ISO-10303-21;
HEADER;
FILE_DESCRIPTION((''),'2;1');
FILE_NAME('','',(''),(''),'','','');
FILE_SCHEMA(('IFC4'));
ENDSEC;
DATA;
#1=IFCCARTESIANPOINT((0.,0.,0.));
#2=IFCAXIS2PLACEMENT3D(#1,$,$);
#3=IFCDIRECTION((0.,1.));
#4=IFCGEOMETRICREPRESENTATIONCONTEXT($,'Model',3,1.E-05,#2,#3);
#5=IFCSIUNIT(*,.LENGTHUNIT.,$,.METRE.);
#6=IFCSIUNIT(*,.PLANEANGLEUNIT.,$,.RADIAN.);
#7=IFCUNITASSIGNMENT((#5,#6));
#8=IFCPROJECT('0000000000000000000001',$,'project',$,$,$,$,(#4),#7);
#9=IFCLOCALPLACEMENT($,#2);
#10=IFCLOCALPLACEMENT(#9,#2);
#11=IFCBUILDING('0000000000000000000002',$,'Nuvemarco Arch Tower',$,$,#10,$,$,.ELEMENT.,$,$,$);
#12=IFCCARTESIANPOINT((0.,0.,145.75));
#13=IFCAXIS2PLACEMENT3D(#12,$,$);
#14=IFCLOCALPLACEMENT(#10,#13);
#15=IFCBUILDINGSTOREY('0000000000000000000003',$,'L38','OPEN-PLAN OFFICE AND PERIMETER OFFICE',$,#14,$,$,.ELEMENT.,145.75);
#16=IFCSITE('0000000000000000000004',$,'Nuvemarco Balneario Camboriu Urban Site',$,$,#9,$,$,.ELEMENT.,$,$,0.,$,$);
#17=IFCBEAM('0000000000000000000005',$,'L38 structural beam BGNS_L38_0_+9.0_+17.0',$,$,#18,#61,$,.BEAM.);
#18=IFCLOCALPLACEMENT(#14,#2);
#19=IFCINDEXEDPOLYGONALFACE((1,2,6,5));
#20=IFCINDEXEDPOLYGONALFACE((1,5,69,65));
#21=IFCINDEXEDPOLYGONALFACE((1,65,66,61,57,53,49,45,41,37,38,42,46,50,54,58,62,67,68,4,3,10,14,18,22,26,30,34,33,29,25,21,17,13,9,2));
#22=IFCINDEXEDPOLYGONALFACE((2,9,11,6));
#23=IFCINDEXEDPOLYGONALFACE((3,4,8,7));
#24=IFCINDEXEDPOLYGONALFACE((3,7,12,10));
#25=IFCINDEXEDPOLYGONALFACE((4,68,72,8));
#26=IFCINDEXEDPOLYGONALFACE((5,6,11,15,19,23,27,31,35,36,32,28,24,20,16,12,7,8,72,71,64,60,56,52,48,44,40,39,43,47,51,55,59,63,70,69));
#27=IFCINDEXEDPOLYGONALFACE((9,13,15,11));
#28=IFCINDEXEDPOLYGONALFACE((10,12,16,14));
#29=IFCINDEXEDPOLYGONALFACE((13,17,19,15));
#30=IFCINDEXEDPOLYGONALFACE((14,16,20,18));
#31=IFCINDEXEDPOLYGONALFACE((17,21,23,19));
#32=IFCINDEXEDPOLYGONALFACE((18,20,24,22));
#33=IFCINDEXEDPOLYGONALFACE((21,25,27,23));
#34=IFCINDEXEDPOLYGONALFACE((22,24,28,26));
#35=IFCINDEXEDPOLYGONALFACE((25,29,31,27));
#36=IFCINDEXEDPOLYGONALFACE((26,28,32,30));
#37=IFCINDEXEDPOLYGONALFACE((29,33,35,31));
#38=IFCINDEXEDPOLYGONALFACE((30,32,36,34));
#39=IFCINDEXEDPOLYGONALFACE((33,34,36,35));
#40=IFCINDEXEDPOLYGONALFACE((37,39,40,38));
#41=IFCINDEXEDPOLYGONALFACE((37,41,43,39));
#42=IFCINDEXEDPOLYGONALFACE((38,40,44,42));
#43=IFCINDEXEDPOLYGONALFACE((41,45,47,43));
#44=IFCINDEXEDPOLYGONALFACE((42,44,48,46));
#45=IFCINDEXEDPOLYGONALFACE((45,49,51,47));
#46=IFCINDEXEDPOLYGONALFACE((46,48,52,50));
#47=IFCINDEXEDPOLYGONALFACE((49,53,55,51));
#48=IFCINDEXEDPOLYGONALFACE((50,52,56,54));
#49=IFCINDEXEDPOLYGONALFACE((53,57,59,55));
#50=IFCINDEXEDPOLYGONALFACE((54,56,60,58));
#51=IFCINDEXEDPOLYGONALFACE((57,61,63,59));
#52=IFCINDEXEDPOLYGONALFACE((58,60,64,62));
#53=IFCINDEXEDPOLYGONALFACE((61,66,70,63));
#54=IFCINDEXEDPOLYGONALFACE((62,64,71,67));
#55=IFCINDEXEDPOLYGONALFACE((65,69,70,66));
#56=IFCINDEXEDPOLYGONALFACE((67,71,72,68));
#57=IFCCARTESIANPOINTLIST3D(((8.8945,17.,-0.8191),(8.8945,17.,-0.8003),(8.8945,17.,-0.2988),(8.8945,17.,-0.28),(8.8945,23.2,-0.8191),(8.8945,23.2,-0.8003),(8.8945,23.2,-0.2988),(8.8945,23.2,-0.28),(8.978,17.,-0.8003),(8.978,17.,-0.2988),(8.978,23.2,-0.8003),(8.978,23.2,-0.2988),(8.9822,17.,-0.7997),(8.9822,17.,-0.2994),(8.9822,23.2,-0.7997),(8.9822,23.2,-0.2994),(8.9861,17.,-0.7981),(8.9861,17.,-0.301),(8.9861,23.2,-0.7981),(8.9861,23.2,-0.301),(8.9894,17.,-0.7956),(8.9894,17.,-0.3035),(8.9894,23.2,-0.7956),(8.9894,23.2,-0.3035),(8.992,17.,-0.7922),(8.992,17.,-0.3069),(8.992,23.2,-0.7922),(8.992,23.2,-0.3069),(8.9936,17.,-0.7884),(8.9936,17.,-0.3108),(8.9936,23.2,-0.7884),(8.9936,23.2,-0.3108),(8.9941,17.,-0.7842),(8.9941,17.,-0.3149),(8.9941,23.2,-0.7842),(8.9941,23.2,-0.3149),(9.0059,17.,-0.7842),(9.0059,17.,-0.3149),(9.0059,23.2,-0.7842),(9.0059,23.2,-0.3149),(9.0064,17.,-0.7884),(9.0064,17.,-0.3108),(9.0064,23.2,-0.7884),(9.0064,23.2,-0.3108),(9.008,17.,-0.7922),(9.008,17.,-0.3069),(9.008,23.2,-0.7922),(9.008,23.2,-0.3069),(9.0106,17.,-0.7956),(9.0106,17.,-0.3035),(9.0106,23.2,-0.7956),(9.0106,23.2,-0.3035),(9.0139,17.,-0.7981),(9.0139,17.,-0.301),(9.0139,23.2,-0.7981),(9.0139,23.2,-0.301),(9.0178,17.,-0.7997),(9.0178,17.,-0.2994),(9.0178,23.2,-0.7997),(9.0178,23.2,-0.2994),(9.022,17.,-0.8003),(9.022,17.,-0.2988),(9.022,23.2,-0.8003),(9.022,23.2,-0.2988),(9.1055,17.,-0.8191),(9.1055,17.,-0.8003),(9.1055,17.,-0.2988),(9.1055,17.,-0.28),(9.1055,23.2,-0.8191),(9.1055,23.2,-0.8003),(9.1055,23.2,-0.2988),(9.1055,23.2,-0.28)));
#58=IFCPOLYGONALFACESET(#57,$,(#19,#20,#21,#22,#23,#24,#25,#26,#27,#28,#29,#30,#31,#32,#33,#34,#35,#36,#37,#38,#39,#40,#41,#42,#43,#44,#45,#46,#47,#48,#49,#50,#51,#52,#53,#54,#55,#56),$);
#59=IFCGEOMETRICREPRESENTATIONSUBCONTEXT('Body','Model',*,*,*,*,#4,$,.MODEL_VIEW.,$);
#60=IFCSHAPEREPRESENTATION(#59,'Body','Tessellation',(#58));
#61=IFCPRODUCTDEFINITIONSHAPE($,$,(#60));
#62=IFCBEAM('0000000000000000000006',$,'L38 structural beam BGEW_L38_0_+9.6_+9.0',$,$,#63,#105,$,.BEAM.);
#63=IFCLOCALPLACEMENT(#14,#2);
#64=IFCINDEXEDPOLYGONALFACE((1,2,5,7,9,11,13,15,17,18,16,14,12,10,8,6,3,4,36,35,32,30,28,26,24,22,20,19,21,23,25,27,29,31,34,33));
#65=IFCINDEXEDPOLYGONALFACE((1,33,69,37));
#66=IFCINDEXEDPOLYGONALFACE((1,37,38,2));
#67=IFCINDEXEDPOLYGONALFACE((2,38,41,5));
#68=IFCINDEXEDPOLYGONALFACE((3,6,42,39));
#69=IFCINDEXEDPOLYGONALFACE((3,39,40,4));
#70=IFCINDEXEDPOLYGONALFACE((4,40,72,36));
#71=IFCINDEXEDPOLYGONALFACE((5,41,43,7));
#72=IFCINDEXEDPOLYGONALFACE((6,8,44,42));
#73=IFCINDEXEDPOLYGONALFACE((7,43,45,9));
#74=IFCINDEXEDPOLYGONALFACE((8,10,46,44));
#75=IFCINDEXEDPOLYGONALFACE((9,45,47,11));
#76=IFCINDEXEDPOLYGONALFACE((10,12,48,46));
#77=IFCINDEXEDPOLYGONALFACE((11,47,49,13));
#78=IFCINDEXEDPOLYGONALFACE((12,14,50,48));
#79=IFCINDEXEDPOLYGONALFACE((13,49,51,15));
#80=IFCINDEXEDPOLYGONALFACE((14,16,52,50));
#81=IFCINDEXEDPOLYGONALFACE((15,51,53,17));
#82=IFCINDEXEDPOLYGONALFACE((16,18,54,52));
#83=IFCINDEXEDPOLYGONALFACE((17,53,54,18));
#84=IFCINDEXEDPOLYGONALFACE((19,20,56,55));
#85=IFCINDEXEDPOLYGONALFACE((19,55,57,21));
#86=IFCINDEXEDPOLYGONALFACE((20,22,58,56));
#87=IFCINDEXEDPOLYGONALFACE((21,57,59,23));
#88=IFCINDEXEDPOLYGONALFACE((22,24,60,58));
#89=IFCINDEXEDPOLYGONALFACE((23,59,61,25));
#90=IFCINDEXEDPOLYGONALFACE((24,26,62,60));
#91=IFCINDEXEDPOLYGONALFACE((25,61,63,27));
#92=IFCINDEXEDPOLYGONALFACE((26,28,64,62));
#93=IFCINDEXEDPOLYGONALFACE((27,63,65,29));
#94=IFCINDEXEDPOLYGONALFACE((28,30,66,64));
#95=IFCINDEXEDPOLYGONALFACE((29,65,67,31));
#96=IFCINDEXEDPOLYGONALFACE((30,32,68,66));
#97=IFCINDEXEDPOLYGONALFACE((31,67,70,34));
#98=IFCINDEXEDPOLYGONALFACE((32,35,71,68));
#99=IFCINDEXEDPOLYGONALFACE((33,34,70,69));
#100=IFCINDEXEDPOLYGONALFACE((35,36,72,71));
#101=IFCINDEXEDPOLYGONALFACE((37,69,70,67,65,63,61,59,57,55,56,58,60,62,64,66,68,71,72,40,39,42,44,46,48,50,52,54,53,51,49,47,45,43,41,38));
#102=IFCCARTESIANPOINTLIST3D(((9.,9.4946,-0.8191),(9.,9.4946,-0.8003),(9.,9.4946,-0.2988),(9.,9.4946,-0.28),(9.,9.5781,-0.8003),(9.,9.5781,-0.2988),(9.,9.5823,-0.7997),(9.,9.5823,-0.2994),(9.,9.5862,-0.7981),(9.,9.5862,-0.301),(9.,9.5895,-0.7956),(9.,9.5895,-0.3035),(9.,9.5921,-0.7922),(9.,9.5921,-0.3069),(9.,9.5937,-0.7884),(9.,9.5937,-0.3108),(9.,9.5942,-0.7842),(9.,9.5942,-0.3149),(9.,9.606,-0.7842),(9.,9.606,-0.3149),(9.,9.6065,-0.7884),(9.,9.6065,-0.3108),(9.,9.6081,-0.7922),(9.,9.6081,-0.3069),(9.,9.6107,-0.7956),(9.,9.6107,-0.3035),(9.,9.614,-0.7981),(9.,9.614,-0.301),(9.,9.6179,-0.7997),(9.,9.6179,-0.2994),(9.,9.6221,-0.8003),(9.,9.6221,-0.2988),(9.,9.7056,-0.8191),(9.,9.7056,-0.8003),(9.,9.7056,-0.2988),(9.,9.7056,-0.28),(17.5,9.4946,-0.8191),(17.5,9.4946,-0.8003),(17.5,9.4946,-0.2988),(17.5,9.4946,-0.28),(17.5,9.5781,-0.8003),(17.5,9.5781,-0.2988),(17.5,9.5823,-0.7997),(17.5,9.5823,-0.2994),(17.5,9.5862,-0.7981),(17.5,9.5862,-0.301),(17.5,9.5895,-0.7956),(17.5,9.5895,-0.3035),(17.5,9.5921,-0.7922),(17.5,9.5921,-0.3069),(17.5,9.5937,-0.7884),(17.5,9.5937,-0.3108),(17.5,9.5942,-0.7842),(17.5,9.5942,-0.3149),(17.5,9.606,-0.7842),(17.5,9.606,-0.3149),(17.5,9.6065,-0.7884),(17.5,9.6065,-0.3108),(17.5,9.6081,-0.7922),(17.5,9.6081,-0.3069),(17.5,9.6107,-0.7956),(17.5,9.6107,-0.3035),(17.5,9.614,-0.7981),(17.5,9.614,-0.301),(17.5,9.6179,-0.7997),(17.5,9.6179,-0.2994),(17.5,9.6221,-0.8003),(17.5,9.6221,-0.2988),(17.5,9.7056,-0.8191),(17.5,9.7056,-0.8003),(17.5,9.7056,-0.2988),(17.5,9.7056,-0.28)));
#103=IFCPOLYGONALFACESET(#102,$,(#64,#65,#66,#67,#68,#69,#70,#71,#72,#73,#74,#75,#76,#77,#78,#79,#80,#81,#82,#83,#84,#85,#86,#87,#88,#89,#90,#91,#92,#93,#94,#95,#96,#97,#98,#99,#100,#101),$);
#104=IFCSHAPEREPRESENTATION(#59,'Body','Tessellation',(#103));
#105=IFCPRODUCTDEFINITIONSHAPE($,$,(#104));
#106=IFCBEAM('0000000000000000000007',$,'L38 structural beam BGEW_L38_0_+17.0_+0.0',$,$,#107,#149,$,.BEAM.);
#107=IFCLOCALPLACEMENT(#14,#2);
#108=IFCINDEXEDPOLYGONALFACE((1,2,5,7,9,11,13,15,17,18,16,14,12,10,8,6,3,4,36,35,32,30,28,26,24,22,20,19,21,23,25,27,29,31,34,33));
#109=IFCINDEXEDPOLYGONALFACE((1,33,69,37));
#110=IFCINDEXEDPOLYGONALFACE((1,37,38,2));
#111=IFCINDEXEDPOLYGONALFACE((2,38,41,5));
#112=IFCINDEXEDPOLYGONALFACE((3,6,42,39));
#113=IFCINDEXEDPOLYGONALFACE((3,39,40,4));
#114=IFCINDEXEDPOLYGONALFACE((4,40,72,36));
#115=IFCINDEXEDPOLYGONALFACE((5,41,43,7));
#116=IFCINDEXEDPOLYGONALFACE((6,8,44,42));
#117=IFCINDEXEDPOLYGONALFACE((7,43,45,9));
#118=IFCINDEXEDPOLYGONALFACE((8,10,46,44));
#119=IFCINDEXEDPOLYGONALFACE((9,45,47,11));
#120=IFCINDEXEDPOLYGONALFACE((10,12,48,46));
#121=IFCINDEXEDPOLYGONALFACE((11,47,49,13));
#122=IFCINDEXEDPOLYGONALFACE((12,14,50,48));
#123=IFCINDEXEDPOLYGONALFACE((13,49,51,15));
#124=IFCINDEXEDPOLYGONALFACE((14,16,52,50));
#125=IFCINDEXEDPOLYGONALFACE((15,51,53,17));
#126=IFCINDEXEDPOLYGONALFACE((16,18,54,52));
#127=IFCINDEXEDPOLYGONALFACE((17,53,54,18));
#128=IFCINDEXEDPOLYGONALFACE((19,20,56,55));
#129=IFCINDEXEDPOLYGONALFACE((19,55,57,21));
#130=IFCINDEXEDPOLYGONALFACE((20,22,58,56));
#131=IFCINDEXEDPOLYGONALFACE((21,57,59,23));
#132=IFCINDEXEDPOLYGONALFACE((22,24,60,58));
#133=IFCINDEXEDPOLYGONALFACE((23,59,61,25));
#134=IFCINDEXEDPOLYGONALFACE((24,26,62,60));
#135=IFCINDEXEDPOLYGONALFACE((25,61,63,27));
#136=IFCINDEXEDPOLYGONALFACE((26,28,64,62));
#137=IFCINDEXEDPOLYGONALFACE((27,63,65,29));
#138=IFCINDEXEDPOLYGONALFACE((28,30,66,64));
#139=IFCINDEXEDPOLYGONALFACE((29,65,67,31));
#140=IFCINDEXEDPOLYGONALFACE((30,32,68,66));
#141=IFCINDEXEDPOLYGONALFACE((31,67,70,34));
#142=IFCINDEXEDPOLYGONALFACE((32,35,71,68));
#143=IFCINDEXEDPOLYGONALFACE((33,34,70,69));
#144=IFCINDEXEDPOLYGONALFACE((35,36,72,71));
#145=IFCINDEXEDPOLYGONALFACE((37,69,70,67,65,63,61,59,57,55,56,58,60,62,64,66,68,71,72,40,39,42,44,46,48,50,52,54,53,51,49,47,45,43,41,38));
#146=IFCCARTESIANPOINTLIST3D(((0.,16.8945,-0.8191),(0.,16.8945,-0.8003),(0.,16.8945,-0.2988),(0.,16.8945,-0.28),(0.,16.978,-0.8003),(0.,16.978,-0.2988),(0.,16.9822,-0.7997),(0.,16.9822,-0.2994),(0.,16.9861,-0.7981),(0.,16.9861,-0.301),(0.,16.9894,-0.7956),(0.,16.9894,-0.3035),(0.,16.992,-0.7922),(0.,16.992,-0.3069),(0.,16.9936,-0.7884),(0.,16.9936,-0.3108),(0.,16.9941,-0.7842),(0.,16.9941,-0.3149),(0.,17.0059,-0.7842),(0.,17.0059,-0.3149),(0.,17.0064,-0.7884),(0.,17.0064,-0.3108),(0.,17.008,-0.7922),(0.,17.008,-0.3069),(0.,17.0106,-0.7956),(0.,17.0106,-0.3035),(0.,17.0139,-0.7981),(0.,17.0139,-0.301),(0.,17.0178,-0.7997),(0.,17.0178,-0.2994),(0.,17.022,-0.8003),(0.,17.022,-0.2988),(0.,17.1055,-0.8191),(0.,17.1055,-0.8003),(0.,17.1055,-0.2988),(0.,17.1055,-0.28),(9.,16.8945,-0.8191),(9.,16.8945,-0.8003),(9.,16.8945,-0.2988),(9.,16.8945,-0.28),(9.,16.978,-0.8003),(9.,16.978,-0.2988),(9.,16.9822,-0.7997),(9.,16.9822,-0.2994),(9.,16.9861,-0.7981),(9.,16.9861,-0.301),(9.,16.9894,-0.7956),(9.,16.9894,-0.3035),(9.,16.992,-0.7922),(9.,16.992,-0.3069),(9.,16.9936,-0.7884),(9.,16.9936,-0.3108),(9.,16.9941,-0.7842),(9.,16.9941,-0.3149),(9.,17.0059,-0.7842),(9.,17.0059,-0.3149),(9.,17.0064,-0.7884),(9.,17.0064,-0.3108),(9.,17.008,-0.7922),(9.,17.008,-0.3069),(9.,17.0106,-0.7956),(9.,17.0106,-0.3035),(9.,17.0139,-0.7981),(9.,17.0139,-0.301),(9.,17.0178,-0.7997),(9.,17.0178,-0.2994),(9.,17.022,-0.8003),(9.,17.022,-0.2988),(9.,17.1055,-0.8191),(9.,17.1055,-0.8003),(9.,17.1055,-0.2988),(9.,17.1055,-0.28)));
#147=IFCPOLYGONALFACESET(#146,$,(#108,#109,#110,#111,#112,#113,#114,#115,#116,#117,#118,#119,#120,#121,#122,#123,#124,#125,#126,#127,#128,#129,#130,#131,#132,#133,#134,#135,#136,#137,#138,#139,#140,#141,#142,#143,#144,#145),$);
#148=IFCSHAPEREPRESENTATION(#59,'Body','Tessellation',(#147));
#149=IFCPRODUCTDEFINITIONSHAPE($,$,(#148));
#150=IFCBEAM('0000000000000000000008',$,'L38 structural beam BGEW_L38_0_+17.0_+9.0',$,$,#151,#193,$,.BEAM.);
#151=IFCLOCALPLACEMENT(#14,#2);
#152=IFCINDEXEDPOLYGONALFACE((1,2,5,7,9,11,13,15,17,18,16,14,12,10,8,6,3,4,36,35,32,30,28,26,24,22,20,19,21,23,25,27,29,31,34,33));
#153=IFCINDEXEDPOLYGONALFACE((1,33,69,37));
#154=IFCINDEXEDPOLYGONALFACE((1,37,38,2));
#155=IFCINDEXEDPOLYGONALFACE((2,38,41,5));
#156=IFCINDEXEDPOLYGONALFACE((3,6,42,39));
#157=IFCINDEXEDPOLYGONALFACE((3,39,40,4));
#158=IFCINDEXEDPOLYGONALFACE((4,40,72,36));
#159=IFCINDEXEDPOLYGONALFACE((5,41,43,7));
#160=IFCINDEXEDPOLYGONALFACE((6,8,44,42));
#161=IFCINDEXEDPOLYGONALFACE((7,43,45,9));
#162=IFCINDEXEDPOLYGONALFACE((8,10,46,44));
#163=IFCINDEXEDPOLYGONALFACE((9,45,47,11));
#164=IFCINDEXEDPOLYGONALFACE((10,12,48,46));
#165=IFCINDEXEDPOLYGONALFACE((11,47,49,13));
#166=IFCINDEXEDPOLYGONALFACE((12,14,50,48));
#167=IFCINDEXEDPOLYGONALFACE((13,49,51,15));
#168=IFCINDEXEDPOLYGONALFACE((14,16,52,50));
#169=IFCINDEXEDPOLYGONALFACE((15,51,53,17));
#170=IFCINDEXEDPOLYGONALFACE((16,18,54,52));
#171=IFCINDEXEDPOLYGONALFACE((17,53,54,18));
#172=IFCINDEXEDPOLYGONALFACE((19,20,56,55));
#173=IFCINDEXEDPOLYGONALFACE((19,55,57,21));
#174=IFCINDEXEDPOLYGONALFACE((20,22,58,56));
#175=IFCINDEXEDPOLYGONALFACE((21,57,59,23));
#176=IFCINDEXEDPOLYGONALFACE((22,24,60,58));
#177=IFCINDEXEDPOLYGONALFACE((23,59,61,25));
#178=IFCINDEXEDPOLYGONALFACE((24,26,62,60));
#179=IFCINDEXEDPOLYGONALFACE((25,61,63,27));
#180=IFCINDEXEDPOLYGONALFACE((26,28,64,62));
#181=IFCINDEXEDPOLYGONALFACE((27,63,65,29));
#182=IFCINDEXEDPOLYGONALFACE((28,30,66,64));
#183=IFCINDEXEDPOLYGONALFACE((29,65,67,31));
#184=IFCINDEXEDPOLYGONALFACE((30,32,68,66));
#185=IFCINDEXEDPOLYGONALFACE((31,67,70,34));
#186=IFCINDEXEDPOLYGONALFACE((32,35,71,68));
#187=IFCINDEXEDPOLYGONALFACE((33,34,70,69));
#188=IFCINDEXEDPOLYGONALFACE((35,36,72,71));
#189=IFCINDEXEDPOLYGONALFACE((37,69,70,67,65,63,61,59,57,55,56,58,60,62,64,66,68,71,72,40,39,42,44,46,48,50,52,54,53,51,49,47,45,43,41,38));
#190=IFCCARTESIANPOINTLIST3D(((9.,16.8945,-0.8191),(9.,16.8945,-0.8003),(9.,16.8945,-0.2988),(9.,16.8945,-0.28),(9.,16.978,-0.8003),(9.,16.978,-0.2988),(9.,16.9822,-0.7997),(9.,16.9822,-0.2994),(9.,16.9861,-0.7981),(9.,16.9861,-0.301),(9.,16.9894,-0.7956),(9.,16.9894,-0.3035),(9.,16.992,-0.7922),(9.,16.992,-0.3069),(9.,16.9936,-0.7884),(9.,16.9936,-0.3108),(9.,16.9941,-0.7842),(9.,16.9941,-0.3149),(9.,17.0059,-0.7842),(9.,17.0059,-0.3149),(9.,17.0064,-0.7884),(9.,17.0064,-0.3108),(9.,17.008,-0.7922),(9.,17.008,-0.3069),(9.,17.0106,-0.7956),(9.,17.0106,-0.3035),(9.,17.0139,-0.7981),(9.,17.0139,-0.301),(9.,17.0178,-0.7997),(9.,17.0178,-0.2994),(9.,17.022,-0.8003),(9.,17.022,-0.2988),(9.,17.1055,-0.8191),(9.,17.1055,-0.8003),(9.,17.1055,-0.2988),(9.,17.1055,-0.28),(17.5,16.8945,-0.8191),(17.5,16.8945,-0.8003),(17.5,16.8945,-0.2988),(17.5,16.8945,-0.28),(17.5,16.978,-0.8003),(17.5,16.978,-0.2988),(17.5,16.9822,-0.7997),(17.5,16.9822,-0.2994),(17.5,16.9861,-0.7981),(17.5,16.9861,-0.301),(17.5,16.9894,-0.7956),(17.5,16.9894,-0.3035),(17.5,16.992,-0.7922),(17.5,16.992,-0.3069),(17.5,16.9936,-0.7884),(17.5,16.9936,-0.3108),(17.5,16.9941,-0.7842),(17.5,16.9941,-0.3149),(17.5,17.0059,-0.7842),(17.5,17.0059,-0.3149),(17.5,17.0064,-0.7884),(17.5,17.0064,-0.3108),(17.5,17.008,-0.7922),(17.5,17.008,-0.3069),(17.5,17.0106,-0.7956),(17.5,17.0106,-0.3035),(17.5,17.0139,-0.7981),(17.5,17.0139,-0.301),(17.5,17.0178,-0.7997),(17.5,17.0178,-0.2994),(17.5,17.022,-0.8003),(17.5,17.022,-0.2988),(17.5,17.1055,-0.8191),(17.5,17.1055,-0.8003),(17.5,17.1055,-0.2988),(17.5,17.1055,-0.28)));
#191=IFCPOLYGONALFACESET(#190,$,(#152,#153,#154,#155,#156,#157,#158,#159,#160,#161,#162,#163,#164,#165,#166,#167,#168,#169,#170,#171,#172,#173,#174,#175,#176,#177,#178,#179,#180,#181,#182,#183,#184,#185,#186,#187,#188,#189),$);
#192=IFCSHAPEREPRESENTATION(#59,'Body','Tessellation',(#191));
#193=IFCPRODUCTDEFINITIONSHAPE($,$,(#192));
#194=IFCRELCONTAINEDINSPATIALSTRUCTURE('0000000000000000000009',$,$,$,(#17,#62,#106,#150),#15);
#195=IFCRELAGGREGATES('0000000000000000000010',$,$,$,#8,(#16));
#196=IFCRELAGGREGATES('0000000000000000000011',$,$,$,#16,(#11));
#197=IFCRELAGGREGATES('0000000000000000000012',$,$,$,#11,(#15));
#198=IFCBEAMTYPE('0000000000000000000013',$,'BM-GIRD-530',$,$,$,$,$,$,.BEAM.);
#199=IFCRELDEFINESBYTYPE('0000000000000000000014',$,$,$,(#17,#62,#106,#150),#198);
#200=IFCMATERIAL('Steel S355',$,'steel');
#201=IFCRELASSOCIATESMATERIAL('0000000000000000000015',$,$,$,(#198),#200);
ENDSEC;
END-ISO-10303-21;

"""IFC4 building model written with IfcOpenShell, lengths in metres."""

from ifc_helpers import new_model, si_unit, direction, frame, origin, origin_2d, place, context, subcontext, project, spatial, i_section, extrude, material, material_profile, profile_set, type_object, element, save


model = new_model("IFC4")

# Units and contexts
model_context = context("Model", 3, precision=1e-05, world=origin(), true_north=direction((0.0, 1.0)))
body_context = subcontext(model_context, "Body", "Model", "MODEL_VIEW")
ifc_project = project(units=[si_unit("LENGTHUNIT", "METRE"), si_unit("PLANEANGLEUNIT", "RADIAN")], contexts=[model_context])

# Site, building, storey
site_placement = place(None, origin())
site = spatial("IfcSite", under=ifc_project, at=site_placement, Name="Nuvemarco Balneario Camboriu Urban Site", CompositionType="ELEMENT", RefElevation=0.0)
building_placement = place(site_placement, origin())
building = spatial("IfcBuilding", under=site, at=building_placement, Name="Nuvemarco Arch Tower", CompositionType="ELEMENT")
storey_placement = place(building_placement, frame((0.0, 0.0, 145.75)))
storey = spatial("IfcBuildingStorey", under=building, at=storey_placement, Name="L38", Description="OPEN-PLAN OFFICE AND PERIMETER OFFICE", CompositionType="ELEMENT", Elevation=145.75)

# Shared definitions
ifc_material_1 = material(Name="Steel S355", Category="steel")

# Beams
ifc_material_profile_1 = material_profile(ifc_material_1, i_section(OverallWidth=0.2109, OverallDepth=0.5391, WebThickness=0.0117, FlangeThickness=0.0188, FilletRadius=0.0161, at=origin_2d()), Name="W530x109")
ifc_profile_set_1 = profile_set([ifc_material_profile_1], Name="Steel S355")
beam_type_1 = type_object("IfcBeamType", Name="BM-GIRD-530", PredefinedType="BEAM", material=ifc_profile_set_1)
for number, where, z_axis, x_axis, name in (
    (1, (9.0, 17.0, -0.5496), (0.0, 1.0, 0.0), (-1.0, 0.0, 0.0), "L38 structural beam BGNS_L38_0_+9.0_+17.0"),
):
    element("IfcBeam", number, at=place(storey_placement, frame(where, z_axis=z_axis, x_axis=x_axis)), inside=storey, type_object=beam_type_1, Name=name, PredefinedType="BEAM", context=body_context, shape_type="SweptSolid", body=[
        extrude(i_section(OverallWidth=0.2109, OverallDepth=0.5391, WebThickness=0.0117, FlangeThickness=0.0188, FilletRadius=0.0161, at=origin_2d()), origin(), (0.0, 0.0, 1.0), 6.2),
    ])
beam_1_placement = place(storey_placement, frame((9.0, 9.6001, -0.5496), z_axis=(1.0, 0.0, 0.0), x_axis=(0.0, 1.0, 0.0)))
element("IfcBeam", 2, at=beam_1_placement, inside=storey, type_object=beam_type_1, Name="L38 structural beam BGEW_L38_0_+9.6_+9.0", PredefinedType="BEAM", context=body_context, shape_type="SweptSolid", body=[
    extrude(i_section(OverallWidth=0.2109, OverallDepth=0.5391, WebThickness=0.0117, FlangeThickness=0.0188, FilletRadius=0.0161, at=origin_2d()), origin(), (0.0, 0.0, 1.0), 8.5),
])
beam_2_placement = place(storey_placement, frame((0.0, 17.0, -0.5496), z_axis=(1.0, 0.0, 0.0), x_axis=(0.0, 1.0, 0.0)))
element("IfcBeam", 3, at=beam_2_placement, inside=storey, type_object=beam_type_1, Name="L38 structural beam BGEW_L38_0_+17.0_+0.0", PredefinedType="BEAM", context=body_context, shape_type="SweptSolid", body=[
    extrude(i_section(OverallWidth=0.2109, OverallDepth=0.5391, WebThickness=0.0117, FlangeThickness=0.0188, FilletRadius=0.0161, at=origin_2d()), origin(), (0.0, 0.0, 1.0), 9.0),
])
beam_3_placement = place(storey_placement, frame((9.0, 17.0, -0.5496), z_axis=(1.0, 0.0, 0.0), x_axis=(0.0, 1.0, 0.0)))
element("IfcBeam", 4, at=beam_3_placement, inside=storey, type_object=beam_type_1, Name="L38 structural beam BGEW_L38_0_+17.0_+9.0", PredefinedType="BEAM", context=body_context, shape_type="SweptSolid", body=[
    extrude(i_section(OverallWidth=0.2109, OverallDepth=0.5391, WebThickness=0.0117, FlangeThickness=0.0188, FilletRadius=0.0161, at=origin_2d()), origin(), (0.0, 0.0, 1.0), 8.5),
])

save(model, "model.ifc")
